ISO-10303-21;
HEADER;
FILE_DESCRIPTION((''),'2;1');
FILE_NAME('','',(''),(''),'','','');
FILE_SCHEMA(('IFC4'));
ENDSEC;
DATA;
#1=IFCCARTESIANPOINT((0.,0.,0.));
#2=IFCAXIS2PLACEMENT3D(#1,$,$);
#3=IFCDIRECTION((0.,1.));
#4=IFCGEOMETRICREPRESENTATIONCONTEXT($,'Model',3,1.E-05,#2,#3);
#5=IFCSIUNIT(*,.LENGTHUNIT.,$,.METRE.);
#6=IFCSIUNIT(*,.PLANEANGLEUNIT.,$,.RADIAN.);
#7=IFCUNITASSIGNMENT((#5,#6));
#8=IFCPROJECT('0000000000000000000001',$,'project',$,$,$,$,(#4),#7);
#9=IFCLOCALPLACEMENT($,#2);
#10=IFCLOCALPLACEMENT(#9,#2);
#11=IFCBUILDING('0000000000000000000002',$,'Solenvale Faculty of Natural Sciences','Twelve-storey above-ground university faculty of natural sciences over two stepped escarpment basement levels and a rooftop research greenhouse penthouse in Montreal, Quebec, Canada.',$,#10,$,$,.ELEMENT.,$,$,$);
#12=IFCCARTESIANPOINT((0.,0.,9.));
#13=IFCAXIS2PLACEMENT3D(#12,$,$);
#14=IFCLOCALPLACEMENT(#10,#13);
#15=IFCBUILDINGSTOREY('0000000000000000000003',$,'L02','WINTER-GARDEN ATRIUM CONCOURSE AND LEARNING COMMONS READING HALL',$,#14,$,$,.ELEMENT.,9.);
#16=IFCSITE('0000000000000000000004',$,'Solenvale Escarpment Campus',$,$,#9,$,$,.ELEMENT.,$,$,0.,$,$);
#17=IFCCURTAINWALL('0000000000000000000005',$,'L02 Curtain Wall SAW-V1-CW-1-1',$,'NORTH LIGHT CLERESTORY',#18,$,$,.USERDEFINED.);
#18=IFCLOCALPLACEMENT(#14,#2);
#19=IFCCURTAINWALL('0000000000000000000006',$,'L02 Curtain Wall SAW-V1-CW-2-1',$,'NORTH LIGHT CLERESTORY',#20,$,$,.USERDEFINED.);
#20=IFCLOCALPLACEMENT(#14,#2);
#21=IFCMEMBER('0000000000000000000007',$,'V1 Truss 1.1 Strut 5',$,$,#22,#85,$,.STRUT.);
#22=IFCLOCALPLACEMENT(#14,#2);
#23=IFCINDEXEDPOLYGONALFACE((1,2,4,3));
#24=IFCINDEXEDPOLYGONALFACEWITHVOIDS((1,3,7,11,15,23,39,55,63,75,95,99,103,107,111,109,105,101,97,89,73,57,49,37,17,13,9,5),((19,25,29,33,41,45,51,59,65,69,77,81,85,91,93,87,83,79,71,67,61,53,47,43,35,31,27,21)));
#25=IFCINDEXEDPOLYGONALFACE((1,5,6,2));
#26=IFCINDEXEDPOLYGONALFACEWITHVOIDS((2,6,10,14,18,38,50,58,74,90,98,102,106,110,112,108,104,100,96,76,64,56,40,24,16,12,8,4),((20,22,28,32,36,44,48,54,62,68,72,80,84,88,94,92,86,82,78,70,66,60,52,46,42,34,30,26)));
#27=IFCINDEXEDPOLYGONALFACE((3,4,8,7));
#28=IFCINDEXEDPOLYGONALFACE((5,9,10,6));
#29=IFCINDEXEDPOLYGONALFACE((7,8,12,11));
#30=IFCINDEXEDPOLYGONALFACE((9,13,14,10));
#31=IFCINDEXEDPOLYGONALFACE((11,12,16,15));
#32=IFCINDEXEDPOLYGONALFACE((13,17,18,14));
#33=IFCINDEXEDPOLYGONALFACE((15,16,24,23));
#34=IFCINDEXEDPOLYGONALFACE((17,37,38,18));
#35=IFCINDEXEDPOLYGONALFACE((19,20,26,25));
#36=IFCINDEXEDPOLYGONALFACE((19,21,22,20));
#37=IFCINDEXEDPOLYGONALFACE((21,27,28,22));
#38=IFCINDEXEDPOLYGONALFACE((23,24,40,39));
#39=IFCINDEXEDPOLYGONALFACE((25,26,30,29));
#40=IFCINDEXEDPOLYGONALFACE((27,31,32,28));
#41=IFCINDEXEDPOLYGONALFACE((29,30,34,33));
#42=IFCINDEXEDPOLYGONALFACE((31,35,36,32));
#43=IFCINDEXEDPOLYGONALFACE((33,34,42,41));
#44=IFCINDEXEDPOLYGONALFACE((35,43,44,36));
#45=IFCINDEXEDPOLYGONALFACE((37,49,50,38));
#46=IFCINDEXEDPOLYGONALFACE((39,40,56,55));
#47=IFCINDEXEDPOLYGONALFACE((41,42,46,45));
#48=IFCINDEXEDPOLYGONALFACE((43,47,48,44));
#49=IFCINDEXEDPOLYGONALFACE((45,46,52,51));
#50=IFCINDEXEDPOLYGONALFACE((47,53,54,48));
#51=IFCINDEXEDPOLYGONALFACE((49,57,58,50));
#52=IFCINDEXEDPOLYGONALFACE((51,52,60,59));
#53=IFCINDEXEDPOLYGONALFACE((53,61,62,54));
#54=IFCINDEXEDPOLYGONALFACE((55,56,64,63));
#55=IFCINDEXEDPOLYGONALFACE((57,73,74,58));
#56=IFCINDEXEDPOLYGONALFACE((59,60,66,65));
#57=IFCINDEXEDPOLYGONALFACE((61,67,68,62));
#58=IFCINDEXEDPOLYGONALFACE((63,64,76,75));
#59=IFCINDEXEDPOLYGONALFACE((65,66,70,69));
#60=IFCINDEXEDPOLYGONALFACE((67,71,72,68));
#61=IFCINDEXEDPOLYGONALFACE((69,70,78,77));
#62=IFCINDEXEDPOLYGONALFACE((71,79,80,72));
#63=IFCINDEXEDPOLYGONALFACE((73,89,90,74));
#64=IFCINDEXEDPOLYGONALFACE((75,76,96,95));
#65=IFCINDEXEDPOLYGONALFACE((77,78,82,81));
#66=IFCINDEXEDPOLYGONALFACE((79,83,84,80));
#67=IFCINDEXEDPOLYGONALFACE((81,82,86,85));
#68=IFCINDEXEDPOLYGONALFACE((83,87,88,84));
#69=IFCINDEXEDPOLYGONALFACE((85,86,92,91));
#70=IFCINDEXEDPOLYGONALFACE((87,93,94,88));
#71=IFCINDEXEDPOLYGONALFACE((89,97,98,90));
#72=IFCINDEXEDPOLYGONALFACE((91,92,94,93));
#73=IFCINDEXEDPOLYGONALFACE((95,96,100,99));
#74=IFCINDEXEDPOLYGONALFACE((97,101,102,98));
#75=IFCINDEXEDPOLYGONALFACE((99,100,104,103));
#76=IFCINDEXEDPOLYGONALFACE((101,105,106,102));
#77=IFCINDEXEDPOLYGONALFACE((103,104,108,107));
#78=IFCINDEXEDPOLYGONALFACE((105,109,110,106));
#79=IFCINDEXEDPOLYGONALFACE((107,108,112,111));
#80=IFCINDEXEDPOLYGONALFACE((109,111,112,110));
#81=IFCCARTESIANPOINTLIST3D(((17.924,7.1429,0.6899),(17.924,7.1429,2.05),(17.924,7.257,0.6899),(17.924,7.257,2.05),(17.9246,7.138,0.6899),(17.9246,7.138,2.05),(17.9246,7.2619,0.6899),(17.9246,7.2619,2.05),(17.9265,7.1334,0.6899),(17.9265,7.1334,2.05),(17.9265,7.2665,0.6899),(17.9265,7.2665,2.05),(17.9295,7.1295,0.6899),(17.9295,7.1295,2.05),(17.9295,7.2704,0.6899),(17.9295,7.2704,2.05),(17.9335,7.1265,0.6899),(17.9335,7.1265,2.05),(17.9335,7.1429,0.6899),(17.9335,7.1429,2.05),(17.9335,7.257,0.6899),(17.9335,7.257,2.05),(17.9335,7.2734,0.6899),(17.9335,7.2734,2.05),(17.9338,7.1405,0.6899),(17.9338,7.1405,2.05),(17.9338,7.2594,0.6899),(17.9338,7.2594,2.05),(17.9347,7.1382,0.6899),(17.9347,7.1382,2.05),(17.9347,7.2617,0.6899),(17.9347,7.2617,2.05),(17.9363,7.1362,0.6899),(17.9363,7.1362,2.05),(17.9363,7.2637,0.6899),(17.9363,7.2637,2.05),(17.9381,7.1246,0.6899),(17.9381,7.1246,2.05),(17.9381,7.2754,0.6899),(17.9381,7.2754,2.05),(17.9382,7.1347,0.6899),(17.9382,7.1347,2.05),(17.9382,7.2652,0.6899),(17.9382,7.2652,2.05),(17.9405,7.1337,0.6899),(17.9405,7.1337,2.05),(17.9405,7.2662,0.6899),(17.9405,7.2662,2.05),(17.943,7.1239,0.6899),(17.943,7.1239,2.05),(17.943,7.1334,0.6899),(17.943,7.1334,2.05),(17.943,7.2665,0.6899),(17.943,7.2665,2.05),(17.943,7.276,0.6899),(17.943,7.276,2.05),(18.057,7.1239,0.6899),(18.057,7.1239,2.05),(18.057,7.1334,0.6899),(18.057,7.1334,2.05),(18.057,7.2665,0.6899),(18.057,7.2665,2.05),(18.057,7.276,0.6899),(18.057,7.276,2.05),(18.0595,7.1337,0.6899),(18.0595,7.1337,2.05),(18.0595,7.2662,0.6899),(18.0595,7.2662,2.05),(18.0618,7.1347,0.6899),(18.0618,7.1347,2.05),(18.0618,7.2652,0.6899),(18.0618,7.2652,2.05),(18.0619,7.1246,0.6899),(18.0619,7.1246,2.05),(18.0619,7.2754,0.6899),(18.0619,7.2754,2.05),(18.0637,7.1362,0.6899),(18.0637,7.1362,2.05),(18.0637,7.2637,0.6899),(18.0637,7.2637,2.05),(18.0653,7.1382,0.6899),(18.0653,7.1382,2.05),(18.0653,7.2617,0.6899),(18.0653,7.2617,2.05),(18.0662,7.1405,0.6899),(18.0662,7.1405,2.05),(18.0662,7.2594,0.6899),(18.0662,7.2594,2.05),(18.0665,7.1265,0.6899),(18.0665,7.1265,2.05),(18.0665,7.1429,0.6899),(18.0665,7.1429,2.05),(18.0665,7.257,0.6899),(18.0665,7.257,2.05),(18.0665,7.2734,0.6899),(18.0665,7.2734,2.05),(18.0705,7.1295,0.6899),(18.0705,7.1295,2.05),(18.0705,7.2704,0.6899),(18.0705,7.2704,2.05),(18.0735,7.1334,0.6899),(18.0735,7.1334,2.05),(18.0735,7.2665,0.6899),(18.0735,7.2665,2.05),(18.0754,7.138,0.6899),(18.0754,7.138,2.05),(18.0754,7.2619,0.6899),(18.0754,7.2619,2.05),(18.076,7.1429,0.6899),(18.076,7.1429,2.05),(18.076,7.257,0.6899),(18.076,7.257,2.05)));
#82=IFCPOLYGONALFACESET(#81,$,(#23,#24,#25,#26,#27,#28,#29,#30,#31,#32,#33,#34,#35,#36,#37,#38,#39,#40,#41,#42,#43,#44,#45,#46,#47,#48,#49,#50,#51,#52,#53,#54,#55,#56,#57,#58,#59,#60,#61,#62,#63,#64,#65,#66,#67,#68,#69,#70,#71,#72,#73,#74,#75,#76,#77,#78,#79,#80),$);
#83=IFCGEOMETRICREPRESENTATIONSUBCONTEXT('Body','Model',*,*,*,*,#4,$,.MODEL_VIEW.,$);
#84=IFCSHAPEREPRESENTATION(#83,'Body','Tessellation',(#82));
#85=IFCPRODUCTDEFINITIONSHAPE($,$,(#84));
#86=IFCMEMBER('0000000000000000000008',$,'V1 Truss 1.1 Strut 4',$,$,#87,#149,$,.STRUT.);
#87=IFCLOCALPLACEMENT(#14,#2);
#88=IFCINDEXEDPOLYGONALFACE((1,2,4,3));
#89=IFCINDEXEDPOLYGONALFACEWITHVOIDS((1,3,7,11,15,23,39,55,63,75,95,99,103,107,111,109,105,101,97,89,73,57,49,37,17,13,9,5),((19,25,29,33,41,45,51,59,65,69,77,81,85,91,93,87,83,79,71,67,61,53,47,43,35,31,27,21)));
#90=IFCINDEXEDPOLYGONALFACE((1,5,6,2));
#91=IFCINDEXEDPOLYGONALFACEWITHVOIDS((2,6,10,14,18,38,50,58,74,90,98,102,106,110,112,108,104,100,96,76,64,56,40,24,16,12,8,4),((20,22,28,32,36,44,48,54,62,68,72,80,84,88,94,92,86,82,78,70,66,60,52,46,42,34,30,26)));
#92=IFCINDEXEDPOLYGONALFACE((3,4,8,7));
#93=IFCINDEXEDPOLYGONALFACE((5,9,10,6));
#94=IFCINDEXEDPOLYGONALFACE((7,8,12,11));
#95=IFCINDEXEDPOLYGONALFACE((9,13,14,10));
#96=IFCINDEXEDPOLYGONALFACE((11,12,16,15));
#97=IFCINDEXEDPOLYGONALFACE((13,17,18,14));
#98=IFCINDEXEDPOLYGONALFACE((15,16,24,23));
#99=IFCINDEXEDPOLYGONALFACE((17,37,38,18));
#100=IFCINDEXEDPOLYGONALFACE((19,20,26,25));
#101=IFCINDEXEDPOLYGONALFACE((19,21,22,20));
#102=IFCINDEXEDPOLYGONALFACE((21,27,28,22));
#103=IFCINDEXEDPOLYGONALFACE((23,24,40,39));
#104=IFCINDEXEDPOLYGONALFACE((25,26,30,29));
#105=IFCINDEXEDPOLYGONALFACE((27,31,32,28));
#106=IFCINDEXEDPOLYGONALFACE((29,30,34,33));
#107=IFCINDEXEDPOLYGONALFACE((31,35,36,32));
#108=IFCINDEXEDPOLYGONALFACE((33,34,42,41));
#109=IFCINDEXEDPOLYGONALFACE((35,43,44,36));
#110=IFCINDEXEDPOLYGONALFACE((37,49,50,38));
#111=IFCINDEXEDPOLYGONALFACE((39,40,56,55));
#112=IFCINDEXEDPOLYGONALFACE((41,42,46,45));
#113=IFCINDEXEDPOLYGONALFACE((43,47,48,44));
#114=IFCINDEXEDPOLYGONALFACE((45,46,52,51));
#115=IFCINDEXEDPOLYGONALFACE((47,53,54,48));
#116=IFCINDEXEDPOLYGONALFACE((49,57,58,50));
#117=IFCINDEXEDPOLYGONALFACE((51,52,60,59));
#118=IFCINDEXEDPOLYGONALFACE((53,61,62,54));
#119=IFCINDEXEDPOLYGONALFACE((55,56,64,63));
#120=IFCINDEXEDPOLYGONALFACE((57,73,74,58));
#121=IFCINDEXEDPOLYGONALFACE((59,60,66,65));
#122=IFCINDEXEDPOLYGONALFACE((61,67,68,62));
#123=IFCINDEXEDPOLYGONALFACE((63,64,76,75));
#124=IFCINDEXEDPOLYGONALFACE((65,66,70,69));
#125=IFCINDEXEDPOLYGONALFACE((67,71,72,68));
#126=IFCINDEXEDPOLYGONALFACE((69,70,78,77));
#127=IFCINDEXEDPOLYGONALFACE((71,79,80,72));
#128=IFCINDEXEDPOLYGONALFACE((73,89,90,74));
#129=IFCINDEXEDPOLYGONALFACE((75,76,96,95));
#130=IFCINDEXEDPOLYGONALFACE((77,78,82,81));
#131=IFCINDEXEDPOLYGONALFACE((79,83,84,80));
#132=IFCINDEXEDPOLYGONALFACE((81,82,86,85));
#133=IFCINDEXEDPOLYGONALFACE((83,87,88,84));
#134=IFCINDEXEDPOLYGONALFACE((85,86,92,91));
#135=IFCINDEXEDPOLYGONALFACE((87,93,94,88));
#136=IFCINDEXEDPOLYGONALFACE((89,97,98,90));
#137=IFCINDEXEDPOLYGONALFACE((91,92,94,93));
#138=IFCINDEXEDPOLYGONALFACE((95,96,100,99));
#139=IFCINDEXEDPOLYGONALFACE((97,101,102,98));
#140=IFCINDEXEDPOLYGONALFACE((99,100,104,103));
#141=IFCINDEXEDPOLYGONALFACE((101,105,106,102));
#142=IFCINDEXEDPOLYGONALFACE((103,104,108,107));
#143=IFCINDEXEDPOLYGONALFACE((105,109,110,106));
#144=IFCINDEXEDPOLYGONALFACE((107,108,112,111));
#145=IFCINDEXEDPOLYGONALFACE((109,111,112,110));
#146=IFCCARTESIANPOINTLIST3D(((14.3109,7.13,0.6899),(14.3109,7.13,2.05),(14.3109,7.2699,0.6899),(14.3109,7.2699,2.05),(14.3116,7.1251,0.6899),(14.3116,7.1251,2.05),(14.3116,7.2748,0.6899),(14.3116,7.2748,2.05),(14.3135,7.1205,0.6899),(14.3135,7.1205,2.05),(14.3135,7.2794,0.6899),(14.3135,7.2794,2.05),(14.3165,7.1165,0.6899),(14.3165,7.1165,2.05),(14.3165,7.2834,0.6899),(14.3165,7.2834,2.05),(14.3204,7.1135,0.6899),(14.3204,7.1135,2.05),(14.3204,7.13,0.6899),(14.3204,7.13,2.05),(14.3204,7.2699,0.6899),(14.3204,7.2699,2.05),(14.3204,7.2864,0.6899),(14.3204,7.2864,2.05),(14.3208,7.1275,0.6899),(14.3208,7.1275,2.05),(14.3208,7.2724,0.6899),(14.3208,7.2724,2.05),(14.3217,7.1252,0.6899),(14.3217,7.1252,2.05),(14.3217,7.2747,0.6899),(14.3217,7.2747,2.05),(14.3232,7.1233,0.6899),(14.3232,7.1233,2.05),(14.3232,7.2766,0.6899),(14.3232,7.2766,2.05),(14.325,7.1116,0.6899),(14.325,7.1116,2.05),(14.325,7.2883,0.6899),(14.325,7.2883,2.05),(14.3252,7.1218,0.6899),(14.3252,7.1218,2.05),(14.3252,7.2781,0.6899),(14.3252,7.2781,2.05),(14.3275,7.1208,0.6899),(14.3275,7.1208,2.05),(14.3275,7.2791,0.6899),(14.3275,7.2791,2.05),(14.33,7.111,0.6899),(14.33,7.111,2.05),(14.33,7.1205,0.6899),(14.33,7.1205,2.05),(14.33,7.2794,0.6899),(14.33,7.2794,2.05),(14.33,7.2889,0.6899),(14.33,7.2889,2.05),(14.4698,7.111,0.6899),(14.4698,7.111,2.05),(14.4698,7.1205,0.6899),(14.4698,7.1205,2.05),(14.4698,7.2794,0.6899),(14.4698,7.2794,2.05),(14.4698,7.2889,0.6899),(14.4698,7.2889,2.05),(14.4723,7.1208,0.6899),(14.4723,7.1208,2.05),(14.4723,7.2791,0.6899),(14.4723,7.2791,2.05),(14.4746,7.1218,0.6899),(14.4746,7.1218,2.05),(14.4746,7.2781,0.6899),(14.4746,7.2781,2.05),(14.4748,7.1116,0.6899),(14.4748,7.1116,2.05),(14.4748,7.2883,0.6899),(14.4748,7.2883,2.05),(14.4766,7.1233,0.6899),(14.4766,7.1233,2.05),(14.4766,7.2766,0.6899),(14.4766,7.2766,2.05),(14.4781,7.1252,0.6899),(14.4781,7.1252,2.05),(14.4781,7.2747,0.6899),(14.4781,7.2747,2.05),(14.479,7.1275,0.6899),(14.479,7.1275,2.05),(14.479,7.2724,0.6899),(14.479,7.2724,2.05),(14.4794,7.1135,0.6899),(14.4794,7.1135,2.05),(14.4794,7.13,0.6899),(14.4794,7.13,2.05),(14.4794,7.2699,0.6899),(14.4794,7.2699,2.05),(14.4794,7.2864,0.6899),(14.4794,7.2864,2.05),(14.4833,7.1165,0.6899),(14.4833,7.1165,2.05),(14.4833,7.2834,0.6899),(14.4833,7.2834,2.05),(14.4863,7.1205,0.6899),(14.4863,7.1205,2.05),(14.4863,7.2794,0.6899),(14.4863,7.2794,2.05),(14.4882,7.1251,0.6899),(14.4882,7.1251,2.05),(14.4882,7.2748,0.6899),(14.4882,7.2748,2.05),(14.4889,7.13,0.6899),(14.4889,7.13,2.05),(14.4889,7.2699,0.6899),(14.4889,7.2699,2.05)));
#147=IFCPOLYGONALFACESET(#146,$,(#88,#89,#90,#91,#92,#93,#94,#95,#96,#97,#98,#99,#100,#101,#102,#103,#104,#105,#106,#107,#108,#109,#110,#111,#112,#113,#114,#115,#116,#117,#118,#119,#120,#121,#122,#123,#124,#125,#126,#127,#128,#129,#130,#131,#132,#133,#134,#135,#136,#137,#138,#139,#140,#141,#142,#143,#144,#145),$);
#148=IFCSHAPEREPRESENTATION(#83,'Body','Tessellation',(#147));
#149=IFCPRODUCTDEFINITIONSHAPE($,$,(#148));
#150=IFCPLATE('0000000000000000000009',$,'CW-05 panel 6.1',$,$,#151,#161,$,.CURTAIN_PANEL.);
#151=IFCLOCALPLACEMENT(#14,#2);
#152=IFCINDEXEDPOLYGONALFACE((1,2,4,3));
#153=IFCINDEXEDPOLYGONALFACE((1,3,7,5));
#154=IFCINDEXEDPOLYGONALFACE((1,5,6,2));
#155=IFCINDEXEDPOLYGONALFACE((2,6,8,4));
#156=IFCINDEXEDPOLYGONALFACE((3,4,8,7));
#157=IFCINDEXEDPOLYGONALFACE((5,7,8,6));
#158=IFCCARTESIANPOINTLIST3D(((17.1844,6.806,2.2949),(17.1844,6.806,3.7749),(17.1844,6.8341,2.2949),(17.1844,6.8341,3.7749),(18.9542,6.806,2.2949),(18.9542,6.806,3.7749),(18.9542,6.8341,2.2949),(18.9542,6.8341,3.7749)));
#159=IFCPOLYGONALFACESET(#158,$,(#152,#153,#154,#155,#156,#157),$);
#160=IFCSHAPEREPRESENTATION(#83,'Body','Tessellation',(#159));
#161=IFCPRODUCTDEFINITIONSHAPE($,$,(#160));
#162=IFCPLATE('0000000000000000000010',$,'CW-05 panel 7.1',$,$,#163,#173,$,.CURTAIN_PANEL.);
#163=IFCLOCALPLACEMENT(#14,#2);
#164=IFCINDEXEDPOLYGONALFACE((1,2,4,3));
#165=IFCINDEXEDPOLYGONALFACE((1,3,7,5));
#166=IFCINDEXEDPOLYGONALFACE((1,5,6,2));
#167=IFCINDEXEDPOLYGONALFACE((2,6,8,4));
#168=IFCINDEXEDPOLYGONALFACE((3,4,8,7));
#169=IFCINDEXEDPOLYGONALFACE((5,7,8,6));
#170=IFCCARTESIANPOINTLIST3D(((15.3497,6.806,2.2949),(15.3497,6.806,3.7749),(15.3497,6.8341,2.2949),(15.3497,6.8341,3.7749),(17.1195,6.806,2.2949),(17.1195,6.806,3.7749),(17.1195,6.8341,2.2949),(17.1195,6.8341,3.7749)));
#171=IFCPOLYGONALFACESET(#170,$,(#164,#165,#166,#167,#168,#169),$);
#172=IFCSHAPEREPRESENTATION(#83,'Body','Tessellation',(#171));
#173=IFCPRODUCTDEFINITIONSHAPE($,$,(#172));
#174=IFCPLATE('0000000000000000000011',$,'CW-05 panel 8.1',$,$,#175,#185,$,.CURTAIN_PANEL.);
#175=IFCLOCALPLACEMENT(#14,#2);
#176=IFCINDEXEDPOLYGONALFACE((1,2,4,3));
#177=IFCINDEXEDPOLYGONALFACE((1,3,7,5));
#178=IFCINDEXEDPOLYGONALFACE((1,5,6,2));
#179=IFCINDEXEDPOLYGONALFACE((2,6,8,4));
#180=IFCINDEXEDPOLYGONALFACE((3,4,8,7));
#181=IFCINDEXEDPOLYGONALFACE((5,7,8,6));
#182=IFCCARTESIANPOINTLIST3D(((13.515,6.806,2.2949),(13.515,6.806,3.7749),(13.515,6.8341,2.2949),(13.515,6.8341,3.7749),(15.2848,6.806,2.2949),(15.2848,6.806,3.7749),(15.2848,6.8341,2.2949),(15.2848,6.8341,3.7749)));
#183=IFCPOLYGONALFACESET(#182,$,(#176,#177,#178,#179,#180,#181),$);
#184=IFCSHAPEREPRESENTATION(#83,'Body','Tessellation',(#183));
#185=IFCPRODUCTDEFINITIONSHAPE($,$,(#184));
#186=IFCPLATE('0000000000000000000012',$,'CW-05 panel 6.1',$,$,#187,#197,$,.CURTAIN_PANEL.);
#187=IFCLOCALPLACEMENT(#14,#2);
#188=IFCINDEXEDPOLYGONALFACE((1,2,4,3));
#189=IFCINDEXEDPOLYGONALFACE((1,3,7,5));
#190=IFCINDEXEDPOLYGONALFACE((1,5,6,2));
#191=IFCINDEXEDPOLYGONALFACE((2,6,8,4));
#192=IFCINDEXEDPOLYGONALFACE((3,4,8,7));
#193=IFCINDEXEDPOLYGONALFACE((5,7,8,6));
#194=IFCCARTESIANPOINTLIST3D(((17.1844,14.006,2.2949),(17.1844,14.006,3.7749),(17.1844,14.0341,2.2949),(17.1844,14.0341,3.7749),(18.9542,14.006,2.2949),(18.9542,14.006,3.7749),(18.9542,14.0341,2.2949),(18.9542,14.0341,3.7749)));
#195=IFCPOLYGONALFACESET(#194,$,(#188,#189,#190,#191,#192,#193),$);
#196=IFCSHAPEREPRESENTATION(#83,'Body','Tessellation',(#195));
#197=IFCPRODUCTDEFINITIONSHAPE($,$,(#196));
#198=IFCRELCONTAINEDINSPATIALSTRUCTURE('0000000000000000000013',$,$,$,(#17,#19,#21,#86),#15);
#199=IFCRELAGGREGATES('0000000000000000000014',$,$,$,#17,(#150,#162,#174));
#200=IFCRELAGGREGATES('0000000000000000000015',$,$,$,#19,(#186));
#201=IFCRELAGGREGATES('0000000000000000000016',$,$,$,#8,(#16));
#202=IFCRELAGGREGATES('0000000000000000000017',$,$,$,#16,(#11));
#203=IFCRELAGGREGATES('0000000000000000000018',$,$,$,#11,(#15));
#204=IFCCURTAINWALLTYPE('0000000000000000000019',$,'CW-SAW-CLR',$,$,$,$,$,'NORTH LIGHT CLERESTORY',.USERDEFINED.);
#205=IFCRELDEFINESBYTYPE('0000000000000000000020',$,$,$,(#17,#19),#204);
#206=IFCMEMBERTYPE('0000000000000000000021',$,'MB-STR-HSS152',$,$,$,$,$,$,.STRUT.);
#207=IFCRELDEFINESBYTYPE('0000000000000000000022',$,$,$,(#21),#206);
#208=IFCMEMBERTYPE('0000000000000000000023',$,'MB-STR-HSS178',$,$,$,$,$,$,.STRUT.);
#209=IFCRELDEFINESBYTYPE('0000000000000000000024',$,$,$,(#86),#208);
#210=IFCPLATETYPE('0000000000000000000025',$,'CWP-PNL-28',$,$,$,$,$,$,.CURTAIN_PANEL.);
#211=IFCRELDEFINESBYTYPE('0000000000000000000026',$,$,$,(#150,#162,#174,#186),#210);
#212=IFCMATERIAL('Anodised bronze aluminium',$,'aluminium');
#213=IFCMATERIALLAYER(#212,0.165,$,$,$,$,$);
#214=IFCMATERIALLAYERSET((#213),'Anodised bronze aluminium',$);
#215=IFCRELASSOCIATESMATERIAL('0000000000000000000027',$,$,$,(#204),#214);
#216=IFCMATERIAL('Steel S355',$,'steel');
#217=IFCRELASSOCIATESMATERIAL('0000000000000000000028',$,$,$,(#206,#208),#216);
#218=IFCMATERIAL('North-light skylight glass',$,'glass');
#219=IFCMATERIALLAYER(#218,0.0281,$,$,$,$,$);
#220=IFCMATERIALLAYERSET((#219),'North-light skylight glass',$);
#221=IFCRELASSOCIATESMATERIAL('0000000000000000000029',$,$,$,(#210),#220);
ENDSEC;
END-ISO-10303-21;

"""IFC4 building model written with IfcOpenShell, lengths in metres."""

from ifc_helpers import new_model, si_unit, direction, frame, origin, origin_2d, place, context, subcontext, project, spatial, rectangle, hollow_rectangle, extrude, material, layer, layer_set, material_profile, profile_set, type_object, element, aggregate, save


model = new_model("IFC4")

# Units and contexts
model_context = context("Model", 3, precision=1e-05, world=origin(), true_north=direction((0.0, 1.0)))
body_context = subcontext(model_context, "Body", "Model", "MODEL_VIEW")
ifc_project = project(units=[si_unit("LENGTHUNIT", "METRE"), si_unit("PLANEANGLEUNIT", "RADIAN")], contexts=[model_context])

# Site, building, storey
site_placement = place(None, origin())
site = spatial("IfcSite", under=ifc_project, at=site_placement, Name="Solenvale Escarpment Campus", CompositionType="ELEMENT", RefElevation=0.0)
building_placement = place(site_placement, origin())
building = spatial("IfcBuilding", under=site, at=building_placement, Name="Solenvale Faculty of Natural Sciences", Description="Twelve-storey above-ground university faculty of natural sciences over two stepped escarpment basement levels and a rooftop research greenhouse penthouse in Montreal, Quebec, Canada.", CompositionType="ELEMENT")
storey_placement = place(building_placement, frame((0.0, 0.0, 9.0)))
storey = spatial("IfcBuildingStorey", under=building, at=storey_placement, Name="L02", Description="WINTER-GARDEN ATRIUM CONCOURSE AND LEARNING COMMONS READING HALL", CompositionType="ELEMENT", Elevation=9.0)

# Curtain walls
ifc_material_1 = material(Name="Anodised bronze aluminium", Category="aluminium")
ifc_layer_1 = layer(ifc_material_1, 0.165)
ifc_layer_set_1 = layer_set([ifc_layer_1], Name="Anodised bronze aluminium")
curtain_wall_type = type_object("IfcCurtainWallType", Name="CW-SAW-CLR", ElementType="NORTH LIGHT CLERESTORY", PredefinedType="USERDEFINED", material=ifc_layer_set_1)
curtain_wall_1_placement = place(storey_placement, origin())
curtain_wall_1 = element("IfcCurtainWall", 1, at=curtain_wall_1_placement, inside=storey, type_object=curtain_wall_type, Name="L02 Curtain Wall SAW-V1-CW-1-1", ObjectType="NORTH LIGHT CLERESTORY", PredefinedType="USERDEFINED")
curtain_wall_2_placement = place(storey_placement, origin())
curtain_wall_2 = element("IfcCurtainWall", 2, at=curtain_wall_2_placement, inside=storey, type_object=curtain_wall_type, Name="L02 Curtain Wall SAW-V1-CW-2-1", ObjectType="NORTH LIGHT CLERESTORY", PredefinedType="USERDEFINED")

# Members
ifc_material_2 = material(Name="Steel S355", Category="steel")
ifc_material_profile_1 = material_profile(ifc_material_2, hollow_rectangle(XDim=0.1521, YDim=0.1521, WallThickness=0.0095, InnerFilletRadius=0.0095, OuterFilletRadius=0.019, at=origin_2d()), Name="HSS152x152x9.5")
ifc_profile_set_1 = profile_set([ifc_material_profile_1], Name="Steel S355")
member_type_1 = type_object("IfcMemberType", Name="MB-STR-HSS152", PredefinedType="STRUT", material=ifc_profile_set_1)
member_1_placement = place(storey_placement, frame((18.0, 7.2, 0.6899), z_axis=(0.0, 0.0, 1.0), x_axis=(1.0, 0.0, 0.0)))
element("IfcMember", 3, at=member_1_placement, inside=storey, type_object=member_type_1, Name="V1 Truss 1.1 Strut 5", PredefinedType="STRUT", context=body_context, shape_type="SweptSolid", body=[
    extrude(hollow_rectangle(XDim=0.1521, YDim=0.1521, WallThickness=0.0095, InnerFilletRadius=0.0095, OuterFilletRadius=0.019, at=origin_2d()), origin(), (0.0, 0.0, 1.0), 1.3601),
])
ifc_material_profile_2 = material_profile(ifc_material_2, hollow_rectangle(XDim=0.178, YDim=0.178, WallThickness=0.0095, InnerFilletRadius=0.0095, OuterFilletRadius=0.019, at=origin_2d()), Name="HSS178x178x9.5")
ifc_profile_set_2 = profile_set([ifc_material_profile_2], Name="Steel S355")
member_type_2 = type_object("IfcMemberType", Name="MB-STR-HSS178", PredefinedType="STRUT", material=ifc_profile_set_2)
member_2_placement = place(storey_placement, frame((14.3999, 7.2, 0.6899), z_axis=(0.0, 0.0, 1.0), x_axis=(1.0, 0.0, 0.0)))
element("IfcMember", 4, at=member_2_placement, inside=storey, type_object=member_type_2, Name="V1 Truss 1.1 Strut 4", PredefinedType="STRUT", context=body_context, shape_type="SweptSolid", body=[
    extrude(hollow_rectangle(XDim=0.178, YDim=0.178, WallThickness=0.0095, InnerFilletRadius=0.0095, OuterFilletRadius=0.019, at=origin_2d()), origin(), (0.0, 0.0, 1.0), 1.3601),
])

# Plates
ifc_material_3 = material(Name="North-light skylight glass", Category="glass")
ifc_layer_2 = layer(ifc_material_3, 0.0281)
ifc_layer_set_2 = layer_set([ifc_layer_2], Name="North-light skylight glass")
plate_type_1 = type_object("IfcPlateType", Name="CWP-PNL-28", PredefinedType="CURTAIN_PANEL", material=ifc_layer_set_2)
plate_1_placement = place(storey_placement, frame((18.0693, 6.8201, 2.2949), z_axis=(0.0, 0.0, 1.0), x_axis=(-1.0, 0.0, 0.0)))
plate_1 = element("IfcPlate", 5, at=plate_1_placement, type_object=plate_type_1, Name="CW-05 panel 6.1", PredefinedType="CURTAIN_PANEL", context=body_context, shape_type="SweptSolid", body=[
    extrude(rectangle(XDim=1.7698, YDim=0.0281, at=origin_2d()), origin(), (0.0, 0.0, 1.0), 1.48),
])
plate_2_placement = place(storey_placement, frame((16.2346, 6.8201, 2.2949), z_axis=(0.0, 0.0, 1.0), x_axis=(-1.0, 0.0, 0.0)))
plate_2 = element("IfcPlate", 6, at=plate_2_placement, type_object=plate_type_1, Name="CW-05 panel 7.1", PredefinedType="CURTAIN_PANEL", context=body_context, shape_type="SweptSolid", body=[
    extrude(rectangle(XDim=1.7698, YDim=0.0281, at=origin_2d()), origin(), (0.0, 0.0, 1.0), 1.48),
])
plate_3_placement = place(storey_placement, frame((14.3999, 6.8201, 2.2949), z_axis=(0.0, 0.0, 1.0), x_axis=(-1.0, 0.0, 0.0)))
plate_3 = element("IfcPlate", 7, at=plate_3_placement, type_object=plate_type_1, Name="CW-05 panel 8.1", PredefinedType="CURTAIN_PANEL", context=body_context, shape_type="SweptSolid", body=[
    extrude(rectangle(XDim=1.7698, YDim=0.0281, at=origin_2d()), origin(), (0.0, 0.0, 1.0), 1.48),
])
aggregate(curtain_wall_1, [plate_1, plate_2, plate_3])
plate_4_placement = place(storey_placement, frame((18.0693, 14.02, 2.2949), z_axis=(0.0, 0.0, 1.0), x_axis=(-1.0, 0.0, 0.0)))
plate_4 = element("IfcPlate", 8, at=plate_4_placement, type_object=plate_type_1, Name="CW-05 panel 6.1", PredefinedType="CURTAIN_PANEL", context=body_context, shape_type="SweptSolid", body=[
    extrude(rectangle(XDim=1.7698, YDim=0.0281, at=origin_2d()), origin(), (0.0, 0.0, 1.0), 1.48),
])
aggregate(curtain_wall_2, [plate_4])

save(model, "model.ifc")
